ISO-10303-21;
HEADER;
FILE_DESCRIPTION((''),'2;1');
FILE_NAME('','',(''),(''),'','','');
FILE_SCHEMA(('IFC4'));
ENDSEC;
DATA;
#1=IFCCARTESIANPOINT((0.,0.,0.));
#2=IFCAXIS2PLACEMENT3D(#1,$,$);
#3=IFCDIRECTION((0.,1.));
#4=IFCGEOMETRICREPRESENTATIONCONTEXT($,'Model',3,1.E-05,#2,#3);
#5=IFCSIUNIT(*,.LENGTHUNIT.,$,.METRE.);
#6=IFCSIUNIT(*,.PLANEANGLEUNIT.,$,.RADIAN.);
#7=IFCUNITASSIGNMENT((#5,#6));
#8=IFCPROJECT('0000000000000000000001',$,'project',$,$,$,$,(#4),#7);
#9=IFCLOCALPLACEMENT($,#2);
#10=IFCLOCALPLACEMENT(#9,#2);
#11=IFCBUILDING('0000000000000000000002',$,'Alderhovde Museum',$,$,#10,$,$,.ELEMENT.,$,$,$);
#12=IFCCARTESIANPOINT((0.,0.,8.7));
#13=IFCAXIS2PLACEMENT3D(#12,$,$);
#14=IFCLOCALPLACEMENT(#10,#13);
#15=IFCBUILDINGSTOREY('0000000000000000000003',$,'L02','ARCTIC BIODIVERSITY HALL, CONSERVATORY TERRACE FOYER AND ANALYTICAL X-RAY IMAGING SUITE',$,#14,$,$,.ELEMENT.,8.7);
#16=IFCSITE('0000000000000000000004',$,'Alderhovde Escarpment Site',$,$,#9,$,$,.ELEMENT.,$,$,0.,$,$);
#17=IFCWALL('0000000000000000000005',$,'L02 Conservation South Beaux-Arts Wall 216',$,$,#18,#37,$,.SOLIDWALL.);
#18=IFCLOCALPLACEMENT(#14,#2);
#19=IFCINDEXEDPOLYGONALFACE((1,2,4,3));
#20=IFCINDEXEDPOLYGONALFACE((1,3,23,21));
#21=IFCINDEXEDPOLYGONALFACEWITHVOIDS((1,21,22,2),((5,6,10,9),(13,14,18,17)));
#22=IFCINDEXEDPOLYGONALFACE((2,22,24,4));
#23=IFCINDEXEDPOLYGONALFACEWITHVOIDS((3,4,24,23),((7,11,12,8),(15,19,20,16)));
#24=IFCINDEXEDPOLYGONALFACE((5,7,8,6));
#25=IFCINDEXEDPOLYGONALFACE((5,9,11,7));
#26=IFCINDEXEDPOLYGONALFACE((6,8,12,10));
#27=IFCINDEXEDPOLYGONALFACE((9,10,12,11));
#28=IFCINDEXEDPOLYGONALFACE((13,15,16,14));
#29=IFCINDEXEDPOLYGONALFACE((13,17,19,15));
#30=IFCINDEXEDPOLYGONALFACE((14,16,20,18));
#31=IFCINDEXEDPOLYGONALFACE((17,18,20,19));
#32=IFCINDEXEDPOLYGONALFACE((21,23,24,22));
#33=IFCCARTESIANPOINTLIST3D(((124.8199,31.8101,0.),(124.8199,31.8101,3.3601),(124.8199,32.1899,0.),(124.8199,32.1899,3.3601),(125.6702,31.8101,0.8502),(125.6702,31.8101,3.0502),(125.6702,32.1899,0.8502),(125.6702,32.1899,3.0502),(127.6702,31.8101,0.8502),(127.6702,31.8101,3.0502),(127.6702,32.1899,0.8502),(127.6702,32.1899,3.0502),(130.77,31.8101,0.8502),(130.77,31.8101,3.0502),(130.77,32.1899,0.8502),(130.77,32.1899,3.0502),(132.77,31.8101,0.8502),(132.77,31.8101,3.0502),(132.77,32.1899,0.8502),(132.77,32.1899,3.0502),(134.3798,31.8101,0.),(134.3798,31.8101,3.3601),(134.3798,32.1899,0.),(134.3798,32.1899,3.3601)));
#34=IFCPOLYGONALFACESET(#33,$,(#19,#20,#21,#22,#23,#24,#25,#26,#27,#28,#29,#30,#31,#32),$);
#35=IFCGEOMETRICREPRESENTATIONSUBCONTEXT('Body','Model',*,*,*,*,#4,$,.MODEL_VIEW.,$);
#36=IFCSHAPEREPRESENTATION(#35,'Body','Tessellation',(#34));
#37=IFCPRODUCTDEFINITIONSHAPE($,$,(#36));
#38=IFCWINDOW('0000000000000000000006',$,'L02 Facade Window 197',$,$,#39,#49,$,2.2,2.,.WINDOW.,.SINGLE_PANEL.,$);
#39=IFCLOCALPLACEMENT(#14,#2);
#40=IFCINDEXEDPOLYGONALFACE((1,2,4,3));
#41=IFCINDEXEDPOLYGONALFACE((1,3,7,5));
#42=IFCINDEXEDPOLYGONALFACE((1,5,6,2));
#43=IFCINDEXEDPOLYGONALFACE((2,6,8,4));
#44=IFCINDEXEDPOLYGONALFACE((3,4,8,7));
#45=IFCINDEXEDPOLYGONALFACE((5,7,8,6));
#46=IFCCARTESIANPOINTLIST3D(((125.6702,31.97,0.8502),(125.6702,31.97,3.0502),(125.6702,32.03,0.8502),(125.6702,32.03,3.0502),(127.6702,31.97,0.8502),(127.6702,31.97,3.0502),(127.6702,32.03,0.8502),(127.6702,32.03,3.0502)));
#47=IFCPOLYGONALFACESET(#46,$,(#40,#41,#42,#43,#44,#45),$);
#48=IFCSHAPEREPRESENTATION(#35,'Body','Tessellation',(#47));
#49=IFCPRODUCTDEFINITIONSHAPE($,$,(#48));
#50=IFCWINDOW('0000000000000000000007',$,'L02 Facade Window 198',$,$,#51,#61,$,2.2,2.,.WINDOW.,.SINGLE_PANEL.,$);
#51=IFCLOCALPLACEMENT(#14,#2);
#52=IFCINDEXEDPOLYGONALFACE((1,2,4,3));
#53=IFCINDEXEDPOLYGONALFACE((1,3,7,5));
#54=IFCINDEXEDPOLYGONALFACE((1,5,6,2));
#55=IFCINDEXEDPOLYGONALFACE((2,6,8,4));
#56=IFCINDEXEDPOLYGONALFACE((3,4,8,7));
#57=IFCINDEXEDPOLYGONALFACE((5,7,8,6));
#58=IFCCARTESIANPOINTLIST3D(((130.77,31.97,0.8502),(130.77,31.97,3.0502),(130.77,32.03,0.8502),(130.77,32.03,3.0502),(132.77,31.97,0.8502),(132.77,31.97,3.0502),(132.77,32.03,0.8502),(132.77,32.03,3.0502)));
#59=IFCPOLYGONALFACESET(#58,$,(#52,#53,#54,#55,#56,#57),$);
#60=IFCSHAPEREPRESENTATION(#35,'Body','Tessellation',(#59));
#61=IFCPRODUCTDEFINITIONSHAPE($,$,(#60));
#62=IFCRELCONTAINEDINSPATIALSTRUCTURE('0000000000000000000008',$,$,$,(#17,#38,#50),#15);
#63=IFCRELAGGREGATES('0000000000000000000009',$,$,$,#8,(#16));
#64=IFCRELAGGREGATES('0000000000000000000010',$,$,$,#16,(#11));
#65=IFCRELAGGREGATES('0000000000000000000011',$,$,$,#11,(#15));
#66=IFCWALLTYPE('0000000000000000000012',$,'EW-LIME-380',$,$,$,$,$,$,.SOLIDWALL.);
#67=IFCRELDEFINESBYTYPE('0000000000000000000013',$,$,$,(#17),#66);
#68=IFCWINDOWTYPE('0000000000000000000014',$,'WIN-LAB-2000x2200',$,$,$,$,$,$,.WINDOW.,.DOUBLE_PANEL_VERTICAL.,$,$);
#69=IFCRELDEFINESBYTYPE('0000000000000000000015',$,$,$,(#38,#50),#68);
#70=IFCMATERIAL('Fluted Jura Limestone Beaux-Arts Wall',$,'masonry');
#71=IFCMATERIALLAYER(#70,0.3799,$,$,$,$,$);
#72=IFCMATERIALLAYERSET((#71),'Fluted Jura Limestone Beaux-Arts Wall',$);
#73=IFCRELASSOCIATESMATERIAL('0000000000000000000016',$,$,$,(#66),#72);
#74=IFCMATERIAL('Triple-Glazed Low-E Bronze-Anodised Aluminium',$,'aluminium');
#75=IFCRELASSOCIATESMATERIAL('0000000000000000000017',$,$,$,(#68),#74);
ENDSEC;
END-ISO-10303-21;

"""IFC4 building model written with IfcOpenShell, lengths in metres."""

from ifc_helpers import new_model, si_unit, direction, frame, frame_2d, origin, place, context, subcontext, project, spatial, rectangle, extrude, material, layer, layer_set, type_object, element, fill, save


model = new_model("IFC4")

# Units and contexts
model_context = context("Model", 3, precision=1e-05, world=origin(), true_north=direction((0.0, 1.0)))
body_context = subcontext(model_context, "Body", "Model", "MODEL_VIEW")
ifc_project = project(units=[si_unit("LENGTHUNIT", "METRE"), si_unit("PLANEANGLEUNIT", "RADIAN")], contexts=[model_context])

# Site, building, storey
site_placement = place(None, origin())
site = spatial("IfcSite", under=ifc_project, at=site_placement, Name="Alderhovde Escarpment Site", CompositionType="ELEMENT", RefElevation=0.0)
building_placement = place(site_placement, origin())
building = spatial("IfcBuilding", under=site, at=building_placement, Name="Alderhovde Museum", CompositionType="ELEMENT")
storey_placement = place(building_placement, frame((0.0, 0.0, 8.7)))
storey = spatial("IfcBuildingStorey", under=building, at=storey_placement, Name="L02", Description="ARCTIC BIODIVERSITY HALL, CONSERVATORY TERRACE FOYER AND ANALYTICAL X-RAY IMAGING SUITE", CompositionType="ELEMENT", Elevation=8.7)

# Wall, openings, windows
ifc_material_1 = material(Name="Fluted Jura Limestone Beaux-Arts Wall", Category="masonry")
ifc_layer_1 = layer(ifc_material_1, 0.3799)
ifc_layer_set_1 = layer_set([ifc_layer_1], Name="Fluted Jura Limestone Beaux-Arts Wall")
wall_type = type_object("IfcWallType", Name="EW-LIME-380", PredefinedType="SOLIDWALL", material=ifc_layer_set_1)
wall_placement = place(storey_placement, frame((124.8201, 32.0, 0.0), z_axis=(0.0, 0.0, 1.0), x_axis=(1.0, 0.0, 0.0)))
wall = element("IfcWall", 1, at=wall_placement, inside=storey, type_object=wall_type, Name="L02 Conservation South Beaux-Arts Wall 216", PredefinedType="SOLIDWALL", context=body_context, shape_type="SweptSolid", body=[
    extrude(rectangle(XDim=9.5598, YDim=0.3799, at=frame_2d((4.7798, 0.0))), origin(), (0.0, 0.0, 1.0), 3.3601),
])
opening_1_placement = place(wall_placement, frame((0.8501, 0.0, 0.8501)))
opening_1 = element("IfcOpeningElement", 2, at=opening_1_placement, cuts=wall, PredefinedType="OPENING", context=body_context, shape_type="SweptSolid", body=[
    extrude(rectangle(XDim=2.0, YDim=2.2, at=frame_2d((1.0, 1.1001))), frame((0.0, 0.2, 0.0), z_axis=(0.0, -1.0, 0.0), x_axis=(1.0, 0.0, 0.0)), (0.0, 0.0, 1.0), 0.3999),
])
opening_2_placement = place(wall_placement, frame((5.95, 0.0, 0.8501)))
opening_2 = element("IfcOpeningElement", 3, at=opening_2_placement, cuts=wall, PredefinedType="OPENING", context=body_context, shape_type="SweptSolid", body=[
    extrude(rectangle(XDim=2.0, YDim=2.2, at=frame_2d((1.0, 1.1001))), frame((0.0, 0.2, 0.0), z_axis=(0.0, -1.0, 0.0), x_axis=(1.0, 0.0, 0.0)), (0.0, 0.0, 1.0), 0.3999),
])
ifc_material_2 = material(Name="Triple-Glazed Low-E Bronze-Anodised Aluminium", Category="aluminium")
window_type = type_object("IfcWindowType", Name="WIN-LAB-2000x2200", PartitioningType="DOUBLE_PANEL_VERTICAL", PredefinedType="WINDOW", material=ifc_material_2)
window_1_placement = place(opening_1_placement, origin())
window_1 = element("IfcWindow", 4, at=window_1_placement, inside=storey, type_object=window_type, Name="L02 Facade Window 197", OverallHeight=2.2, OverallWidth=2.0, PartitioningType="SINGLE_PANEL", PredefinedType="WINDOW", context=body_context, shape_type="SweptSolid", body=[
    extrude(rectangle(XDim=2.0, YDim=2.2, at=frame_2d((1.0, 1.1001))), frame((0.0, 0.03, 0.0), z_axis=(0.0, -1.0, 0.0), x_axis=(1.0, 0.0, 0.0)), (0.0, 0.0, 1.0), 0.0601),
])
fill(opening_1, window_1)
window_2_placement = place(opening_2_placement, origin())
window_2 = element("IfcWindow", 5, at=window_2_placement, inside=storey, type_object=window_type, Name="L02 Facade Window 198", OverallHeight=2.2, OverallWidth=2.0, PartitioningType="SINGLE_PANEL", PredefinedType="WINDOW", context=body_context, shape_type="SweptSolid", body=[
    extrude(rectangle(XDim=2.0, YDim=2.2, at=frame_2d((1.0, 1.1001))), frame((0.0, 0.03, 0.0), z_axis=(0.0, -1.0, 0.0), x_axis=(1.0, 0.0, 0.0)), (0.0, 0.0, 1.0), 0.0601),
])
fill(opening_2, window_2)

save(model, "model.ifc")
